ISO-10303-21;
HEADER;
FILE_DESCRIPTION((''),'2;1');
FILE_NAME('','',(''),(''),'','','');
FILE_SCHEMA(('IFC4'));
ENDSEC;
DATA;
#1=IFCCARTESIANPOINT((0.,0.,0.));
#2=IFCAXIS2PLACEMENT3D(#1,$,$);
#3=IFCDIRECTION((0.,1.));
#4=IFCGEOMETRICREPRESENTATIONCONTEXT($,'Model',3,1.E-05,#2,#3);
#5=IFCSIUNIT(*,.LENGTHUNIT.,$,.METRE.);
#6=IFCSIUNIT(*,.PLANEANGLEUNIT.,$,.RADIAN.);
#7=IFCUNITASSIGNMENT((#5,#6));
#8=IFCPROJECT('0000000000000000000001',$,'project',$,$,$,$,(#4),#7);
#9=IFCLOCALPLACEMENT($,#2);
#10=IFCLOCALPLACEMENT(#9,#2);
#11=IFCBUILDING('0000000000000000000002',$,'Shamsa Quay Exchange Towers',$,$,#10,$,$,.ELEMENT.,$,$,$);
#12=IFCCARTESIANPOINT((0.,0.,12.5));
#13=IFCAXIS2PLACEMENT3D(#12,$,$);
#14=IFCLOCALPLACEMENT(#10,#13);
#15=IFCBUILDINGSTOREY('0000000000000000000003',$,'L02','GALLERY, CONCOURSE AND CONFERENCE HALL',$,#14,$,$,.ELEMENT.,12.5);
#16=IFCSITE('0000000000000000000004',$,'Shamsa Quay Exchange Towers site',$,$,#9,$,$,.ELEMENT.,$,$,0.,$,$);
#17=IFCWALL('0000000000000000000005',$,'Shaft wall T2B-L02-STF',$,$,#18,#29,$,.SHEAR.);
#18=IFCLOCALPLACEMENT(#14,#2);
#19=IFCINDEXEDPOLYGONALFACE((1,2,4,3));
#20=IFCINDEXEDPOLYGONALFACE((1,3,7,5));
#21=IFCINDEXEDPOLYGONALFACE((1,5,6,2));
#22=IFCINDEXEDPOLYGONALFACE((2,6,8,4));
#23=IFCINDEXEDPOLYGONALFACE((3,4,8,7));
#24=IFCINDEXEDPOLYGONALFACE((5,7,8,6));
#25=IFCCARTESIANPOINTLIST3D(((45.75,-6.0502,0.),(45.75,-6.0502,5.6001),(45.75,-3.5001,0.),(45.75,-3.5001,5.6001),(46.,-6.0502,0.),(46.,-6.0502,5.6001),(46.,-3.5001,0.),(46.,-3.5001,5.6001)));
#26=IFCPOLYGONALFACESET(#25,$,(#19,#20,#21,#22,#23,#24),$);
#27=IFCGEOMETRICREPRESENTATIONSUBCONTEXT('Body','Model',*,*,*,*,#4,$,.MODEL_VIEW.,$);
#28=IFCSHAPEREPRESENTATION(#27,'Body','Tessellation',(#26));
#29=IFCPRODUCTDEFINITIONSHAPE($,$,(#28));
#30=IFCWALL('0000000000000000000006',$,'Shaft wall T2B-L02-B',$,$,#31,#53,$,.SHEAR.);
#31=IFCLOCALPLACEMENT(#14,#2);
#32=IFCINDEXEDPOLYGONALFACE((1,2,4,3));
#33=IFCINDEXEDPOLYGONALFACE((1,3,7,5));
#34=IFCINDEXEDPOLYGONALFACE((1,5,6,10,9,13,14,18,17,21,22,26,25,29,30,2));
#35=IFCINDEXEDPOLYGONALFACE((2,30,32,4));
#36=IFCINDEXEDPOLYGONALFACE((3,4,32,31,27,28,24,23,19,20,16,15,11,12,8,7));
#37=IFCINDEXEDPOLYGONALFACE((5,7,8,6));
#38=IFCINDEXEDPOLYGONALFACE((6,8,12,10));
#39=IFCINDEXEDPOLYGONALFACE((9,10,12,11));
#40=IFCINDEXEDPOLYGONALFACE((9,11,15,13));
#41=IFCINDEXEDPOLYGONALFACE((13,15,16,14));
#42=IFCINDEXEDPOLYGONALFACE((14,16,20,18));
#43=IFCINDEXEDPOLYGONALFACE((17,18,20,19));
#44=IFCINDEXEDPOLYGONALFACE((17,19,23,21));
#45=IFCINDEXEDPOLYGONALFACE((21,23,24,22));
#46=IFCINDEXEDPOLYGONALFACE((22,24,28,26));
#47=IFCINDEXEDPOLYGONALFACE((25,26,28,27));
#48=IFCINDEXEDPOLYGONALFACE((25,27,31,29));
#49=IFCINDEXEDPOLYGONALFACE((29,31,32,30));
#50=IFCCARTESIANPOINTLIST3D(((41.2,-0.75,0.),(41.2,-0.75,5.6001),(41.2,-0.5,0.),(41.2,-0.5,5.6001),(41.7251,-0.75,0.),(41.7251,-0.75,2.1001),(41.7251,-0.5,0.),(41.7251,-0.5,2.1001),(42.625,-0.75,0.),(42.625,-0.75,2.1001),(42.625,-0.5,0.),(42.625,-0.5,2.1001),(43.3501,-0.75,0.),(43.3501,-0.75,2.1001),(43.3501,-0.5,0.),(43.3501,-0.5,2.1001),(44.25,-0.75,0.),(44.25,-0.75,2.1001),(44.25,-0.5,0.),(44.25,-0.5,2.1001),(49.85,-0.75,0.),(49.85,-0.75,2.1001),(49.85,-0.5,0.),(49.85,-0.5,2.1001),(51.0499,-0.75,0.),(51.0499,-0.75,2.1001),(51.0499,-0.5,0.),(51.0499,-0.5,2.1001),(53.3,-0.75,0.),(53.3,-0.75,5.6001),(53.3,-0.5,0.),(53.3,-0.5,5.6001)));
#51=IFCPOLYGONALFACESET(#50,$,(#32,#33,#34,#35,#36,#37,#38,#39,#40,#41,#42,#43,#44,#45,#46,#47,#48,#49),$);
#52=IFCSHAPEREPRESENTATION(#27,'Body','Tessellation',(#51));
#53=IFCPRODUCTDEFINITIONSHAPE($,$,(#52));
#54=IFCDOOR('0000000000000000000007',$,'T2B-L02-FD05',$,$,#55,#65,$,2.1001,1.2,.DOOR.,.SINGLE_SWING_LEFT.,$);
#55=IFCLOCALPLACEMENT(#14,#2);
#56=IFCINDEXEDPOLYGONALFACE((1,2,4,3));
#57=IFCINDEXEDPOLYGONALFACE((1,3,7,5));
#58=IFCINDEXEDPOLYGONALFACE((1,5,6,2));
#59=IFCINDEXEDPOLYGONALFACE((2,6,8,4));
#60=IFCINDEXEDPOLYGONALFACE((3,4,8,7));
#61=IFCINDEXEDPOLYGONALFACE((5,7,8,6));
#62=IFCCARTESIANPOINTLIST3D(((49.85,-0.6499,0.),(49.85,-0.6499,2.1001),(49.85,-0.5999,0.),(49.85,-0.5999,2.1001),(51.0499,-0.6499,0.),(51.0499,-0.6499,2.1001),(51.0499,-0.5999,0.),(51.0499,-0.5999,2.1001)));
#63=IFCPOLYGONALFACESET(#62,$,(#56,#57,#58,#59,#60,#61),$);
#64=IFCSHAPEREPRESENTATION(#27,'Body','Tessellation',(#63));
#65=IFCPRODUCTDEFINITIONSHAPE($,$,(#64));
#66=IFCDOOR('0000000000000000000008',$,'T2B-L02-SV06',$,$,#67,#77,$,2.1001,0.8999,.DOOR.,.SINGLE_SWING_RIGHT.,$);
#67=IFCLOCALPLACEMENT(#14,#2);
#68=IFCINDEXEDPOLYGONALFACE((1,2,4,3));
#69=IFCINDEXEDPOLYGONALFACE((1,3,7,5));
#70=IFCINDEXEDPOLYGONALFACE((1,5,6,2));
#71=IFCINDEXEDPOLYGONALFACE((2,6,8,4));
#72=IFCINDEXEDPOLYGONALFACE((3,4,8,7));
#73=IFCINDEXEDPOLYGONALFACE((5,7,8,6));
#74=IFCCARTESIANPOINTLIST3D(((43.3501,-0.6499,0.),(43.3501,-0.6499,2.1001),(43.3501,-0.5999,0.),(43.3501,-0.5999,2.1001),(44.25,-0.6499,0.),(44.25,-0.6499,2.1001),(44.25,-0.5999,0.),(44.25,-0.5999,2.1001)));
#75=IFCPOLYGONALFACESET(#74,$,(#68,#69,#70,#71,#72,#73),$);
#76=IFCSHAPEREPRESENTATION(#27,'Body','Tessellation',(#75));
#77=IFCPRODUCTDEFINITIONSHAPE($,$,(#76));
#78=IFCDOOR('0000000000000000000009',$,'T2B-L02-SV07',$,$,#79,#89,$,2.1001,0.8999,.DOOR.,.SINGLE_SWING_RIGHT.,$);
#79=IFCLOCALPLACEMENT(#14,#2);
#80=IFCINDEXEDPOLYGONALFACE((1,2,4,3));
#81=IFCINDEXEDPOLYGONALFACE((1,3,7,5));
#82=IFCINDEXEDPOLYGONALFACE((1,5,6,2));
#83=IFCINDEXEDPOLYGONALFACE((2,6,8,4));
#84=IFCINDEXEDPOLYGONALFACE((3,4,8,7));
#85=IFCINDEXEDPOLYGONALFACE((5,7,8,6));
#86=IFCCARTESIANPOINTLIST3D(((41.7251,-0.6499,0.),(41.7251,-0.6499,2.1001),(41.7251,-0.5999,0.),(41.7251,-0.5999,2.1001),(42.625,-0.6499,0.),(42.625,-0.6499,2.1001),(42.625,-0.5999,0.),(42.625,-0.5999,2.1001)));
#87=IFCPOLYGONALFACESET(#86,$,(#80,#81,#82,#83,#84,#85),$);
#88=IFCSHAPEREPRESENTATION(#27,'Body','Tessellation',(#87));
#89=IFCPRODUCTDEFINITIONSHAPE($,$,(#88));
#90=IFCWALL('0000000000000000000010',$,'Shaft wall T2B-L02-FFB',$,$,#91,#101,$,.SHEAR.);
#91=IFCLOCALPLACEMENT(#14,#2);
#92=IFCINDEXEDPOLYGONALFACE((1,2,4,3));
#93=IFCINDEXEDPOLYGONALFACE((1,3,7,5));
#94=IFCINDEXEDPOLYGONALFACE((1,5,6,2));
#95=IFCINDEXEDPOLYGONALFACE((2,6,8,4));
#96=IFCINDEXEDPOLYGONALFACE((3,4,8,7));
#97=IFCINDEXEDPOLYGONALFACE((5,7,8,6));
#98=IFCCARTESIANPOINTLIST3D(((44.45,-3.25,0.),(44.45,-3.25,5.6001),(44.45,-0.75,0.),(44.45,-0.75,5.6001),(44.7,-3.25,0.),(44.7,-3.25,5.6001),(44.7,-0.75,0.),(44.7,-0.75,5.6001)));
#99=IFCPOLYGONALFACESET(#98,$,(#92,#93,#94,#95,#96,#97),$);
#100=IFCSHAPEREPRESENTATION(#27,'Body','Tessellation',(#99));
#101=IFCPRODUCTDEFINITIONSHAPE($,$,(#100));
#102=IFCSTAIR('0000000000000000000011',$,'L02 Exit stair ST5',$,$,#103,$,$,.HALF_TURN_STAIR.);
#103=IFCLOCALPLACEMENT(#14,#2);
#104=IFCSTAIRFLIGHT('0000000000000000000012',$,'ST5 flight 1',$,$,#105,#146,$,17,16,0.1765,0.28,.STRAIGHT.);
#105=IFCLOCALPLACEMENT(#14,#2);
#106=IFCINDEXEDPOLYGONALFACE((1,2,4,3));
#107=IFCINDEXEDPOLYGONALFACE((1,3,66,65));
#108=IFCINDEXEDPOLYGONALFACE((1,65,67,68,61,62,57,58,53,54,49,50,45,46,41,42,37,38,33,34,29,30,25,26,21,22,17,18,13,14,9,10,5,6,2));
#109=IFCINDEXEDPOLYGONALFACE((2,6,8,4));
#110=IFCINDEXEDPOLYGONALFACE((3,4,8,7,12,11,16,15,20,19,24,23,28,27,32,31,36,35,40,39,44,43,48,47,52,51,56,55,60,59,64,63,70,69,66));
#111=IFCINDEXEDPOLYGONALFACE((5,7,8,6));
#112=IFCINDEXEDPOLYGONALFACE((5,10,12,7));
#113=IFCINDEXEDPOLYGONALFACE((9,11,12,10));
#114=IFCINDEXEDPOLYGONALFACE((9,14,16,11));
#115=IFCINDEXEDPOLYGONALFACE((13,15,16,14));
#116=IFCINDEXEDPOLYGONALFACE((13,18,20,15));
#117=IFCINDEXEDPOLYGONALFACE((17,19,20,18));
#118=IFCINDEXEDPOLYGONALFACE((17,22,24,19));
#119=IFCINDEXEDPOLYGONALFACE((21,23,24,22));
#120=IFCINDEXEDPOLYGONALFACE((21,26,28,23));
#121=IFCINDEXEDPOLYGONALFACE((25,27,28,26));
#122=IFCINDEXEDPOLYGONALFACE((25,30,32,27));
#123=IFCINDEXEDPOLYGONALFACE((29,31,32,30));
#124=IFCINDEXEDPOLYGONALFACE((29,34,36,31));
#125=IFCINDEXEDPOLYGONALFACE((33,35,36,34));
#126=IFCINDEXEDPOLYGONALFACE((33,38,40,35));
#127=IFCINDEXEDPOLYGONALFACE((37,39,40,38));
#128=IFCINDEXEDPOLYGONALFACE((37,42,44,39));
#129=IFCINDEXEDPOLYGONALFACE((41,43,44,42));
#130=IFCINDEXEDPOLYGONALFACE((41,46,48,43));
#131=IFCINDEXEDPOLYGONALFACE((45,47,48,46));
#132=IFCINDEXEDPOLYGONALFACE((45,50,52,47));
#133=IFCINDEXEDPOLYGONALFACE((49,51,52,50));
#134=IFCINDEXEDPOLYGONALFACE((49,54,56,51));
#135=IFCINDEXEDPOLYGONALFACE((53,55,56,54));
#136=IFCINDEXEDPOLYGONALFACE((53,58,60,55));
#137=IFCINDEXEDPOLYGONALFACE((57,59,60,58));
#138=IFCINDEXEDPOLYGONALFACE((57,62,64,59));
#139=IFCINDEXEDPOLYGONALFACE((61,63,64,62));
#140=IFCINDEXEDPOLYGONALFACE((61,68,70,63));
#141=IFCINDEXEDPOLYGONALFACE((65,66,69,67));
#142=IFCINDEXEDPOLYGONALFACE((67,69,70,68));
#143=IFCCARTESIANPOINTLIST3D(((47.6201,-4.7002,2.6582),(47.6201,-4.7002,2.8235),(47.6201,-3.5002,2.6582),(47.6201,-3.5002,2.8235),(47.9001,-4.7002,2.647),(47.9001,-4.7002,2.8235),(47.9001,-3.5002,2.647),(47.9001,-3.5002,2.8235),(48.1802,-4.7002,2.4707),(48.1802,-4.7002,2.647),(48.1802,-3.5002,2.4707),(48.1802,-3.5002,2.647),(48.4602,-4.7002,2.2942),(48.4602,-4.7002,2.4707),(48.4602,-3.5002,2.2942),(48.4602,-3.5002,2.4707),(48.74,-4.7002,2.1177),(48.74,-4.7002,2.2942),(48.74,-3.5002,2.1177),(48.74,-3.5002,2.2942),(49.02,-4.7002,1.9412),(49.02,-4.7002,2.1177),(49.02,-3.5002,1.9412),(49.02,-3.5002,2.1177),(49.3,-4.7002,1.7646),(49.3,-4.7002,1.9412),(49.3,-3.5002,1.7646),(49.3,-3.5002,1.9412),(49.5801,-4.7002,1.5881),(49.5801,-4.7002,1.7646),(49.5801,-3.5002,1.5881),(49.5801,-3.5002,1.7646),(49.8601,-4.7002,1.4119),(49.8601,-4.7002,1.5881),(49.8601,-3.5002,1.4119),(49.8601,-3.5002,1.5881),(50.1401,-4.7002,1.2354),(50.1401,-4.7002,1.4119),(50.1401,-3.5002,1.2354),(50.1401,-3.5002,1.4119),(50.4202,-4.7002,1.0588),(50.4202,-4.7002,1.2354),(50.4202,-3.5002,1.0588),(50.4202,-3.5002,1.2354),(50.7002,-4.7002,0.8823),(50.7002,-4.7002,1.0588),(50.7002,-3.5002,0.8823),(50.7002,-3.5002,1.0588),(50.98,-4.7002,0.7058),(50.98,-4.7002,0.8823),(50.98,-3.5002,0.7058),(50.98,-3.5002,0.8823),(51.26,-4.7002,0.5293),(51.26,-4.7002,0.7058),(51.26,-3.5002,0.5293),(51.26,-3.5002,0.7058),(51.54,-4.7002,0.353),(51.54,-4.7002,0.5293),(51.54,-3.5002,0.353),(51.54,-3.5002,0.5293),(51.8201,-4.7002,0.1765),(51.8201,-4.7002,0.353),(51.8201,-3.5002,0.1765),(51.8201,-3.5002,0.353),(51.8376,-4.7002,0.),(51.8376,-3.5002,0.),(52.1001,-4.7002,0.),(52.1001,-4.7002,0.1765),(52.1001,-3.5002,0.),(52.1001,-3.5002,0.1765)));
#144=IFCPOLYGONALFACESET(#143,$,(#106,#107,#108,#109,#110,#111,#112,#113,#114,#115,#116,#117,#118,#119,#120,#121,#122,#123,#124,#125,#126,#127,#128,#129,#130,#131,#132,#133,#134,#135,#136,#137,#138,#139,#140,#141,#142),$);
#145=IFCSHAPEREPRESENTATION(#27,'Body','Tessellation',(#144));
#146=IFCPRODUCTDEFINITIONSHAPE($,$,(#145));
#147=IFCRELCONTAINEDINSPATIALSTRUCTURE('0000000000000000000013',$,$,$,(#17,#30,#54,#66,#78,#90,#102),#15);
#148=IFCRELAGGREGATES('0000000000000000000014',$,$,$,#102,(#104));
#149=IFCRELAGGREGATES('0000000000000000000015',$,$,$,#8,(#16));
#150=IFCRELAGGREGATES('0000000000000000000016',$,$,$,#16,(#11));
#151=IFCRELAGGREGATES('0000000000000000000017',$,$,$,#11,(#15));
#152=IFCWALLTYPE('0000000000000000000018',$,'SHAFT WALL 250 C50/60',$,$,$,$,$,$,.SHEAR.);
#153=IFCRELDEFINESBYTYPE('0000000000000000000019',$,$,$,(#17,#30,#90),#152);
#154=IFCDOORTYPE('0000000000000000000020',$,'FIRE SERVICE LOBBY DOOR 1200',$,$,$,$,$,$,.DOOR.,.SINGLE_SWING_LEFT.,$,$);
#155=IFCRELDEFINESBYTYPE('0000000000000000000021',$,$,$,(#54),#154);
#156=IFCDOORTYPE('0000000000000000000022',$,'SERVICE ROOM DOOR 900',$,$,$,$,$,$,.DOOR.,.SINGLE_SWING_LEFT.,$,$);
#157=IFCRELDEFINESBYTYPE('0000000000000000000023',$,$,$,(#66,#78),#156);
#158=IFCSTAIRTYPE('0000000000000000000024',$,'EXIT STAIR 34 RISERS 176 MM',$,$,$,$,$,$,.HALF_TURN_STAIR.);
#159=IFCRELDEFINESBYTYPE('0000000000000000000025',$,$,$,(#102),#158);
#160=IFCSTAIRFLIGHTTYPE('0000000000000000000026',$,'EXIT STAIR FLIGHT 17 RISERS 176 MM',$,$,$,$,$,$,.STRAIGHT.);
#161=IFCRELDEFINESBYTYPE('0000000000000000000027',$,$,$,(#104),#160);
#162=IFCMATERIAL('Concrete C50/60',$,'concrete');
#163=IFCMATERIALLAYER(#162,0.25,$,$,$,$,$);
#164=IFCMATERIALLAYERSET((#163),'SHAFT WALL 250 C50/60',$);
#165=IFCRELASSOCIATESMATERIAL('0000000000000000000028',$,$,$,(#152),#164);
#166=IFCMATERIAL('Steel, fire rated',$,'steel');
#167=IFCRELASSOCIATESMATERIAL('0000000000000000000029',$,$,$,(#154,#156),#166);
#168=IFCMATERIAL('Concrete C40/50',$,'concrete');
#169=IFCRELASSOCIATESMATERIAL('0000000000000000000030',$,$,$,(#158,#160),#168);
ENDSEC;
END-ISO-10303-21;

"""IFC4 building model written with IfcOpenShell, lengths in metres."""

from ifc_helpers import new_model, si_unit, direction, frame, frame_2d, origin, place, context, subcontext, project, spatial, polyline, rectangle, outline, extrude, material, layer, layer_set, type_object, element, fill, aggregate, save


model = new_model("IFC4")

# Units and contexts
model_context = context("Model", 3, precision=1e-05, world=origin(), true_north=direction((0.0, 1.0)))
body_context = subcontext(model_context, "Body", "Model", "MODEL_VIEW")
ifc_project = project(units=[si_unit("LENGTHUNIT", "METRE"), si_unit("PLANEANGLEUNIT", "RADIAN")], contexts=[model_context])

# Site, building, storey
site_placement = place(None, origin())
site = spatial("IfcSite", under=ifc_project, at=site_placement, Name="Shamsa Quay Exchange Towers site", CompositionType="ELEMENT", RefElevation=0.0)
building_placement = place(site_placement, origin())
building = spatial("IfcBuilding", under=site, at=building_placement, Name="Shamsa Quay Exchange Towers", CompositionType="ELEMENT")
storey_placement = place(building_placement, frame((0.0, 0.0, 12.5)))
storey = spatial("IfcBuildingStorey", under=building, at=storey_placement, Name="L02", Description="GALLERY, CONCOURSE AND CONFERENCE HALL", CompositionType="ELEMENT", Elevation=12.5)

# Shared definitions
ifc_material_1 = material(Name="Steel, fire rated", Category="steel")

# Shared definitions
ifc_material_2 = material(Name="Concrete C50/60", Category="concrete")
ifc_layer_1 = layer(ifc_material_2, 0.25)
ifc_layer_set_1 = layer_set([ifc_layer_1], Name="SHAFT WALL 250 C50/60")
wall_type_1 = type_object("IfcWallType", Name="SHAFT WALL 250 C50/60", PredefinedType="SHEAR", material=ifc_layer_set_1)

# Wall
wall_1_placement = place(storey_placement, frame((45.875, -6.05, 0.0), z_axis=(0.0, 0.0, 1.0), x_axis=(0.0, 1.0, 0.0)))
element("IfcWall", 1, at=wall_1_placement, inside=storey, type_object=wall_type_1, Name="Shaft wall T2B-L02-STF", PredefinedType="SHEAR", context=body_context, shape_type="SweptSolid", body=[
    extrude(rectangle(XDim=2.55, YDim=0.25, at=frame_2d((1.2749, 0.0))), origin(), (0.0, 0.0, 1.0), 5.6001),
])

# Wall, openings, doors
wall_2_placement = place(storey_placement, frame((53.3, -0.625, 0.0), z_axis=(0.0, 0.0, 1.0), x_axis=(-1.0, 0.0, 0.0)))
wall_2 = element("IfcWall", 2, at=wall_2_placement, inside=storey, type_object=wall_type_1, Name="Shaft wall T2B-L02-B", PredefinedType="SHEAR", context=body_context, shape_type="SweptSolid", body=[
    extrude(rectangle(XDim=12.1001, YDim=0.25, at=frame_2d((6.05, 0.0))), origin(), (0.0, 0.0, 1.0), 5.6001),
])
opening_1_placement = place(wall_2_placement, frame((2.25, 0.0, 0.0)))
opening_1 = element("IfcOpeningElement", 3, at=opening_1_placement, cuts=wall_2, PredefinedType="OPENING", context=body_context, shape_type="SweptSolid", body=[
    extrude(rectangle(XDim=1.2, YDim=2.1001, at=frame_2d((0.6001, 1.05))), frame((0.0, 0.135, 0.0), z_axis=(0.0, -1.0, 0.0), x_axis=(1.0, 0.0, 0.0)), (0.0, 0.0, 1.0), 0.27),
])
opening_2_placement = place(wall_2_placement, frame((9.05, 0.0, 0.0)))
opening_2 = element("IfcOpeningElement", 4, at=opening_2_placement, cuts=wall_2, PredefinedType="OPENING", context=body_context, shape_type="SweptSolid", body=[
    extrude(rectangle(XDim=0.8999, YDim=2.1001, at=frame_2d((0.45, 1.05))), frame((0.0, 0.135, 0.0), z_axis=(0.0, -1.0, 0.0), x_axis=(1.0, 0.0, 0.0)), (0.0, 0.0, 1.0), 0.27),
])
opening_3_placement = place(wall_2_placement, frame((10.675, 0.0, 0.0)))
opening_3 = element("IfcOpeningElement", 5, at=opening_3_placement, cuts=wall_2, PredefinedType="OPENING", context=body_context, shape_type="SweptSolid", body=[
    extrude(rectangle(XDim=0.8999, YDim=2.1001, at=frame_2d((0.45, 1.05))), frame((0.0, 0.135, 0.0), z_axis=(0.0, -1.0, 0.0), x_axis=(1.0, 0.0, 0.0)), (0.0, 0.0, 1.0), 0.27),
])
door_type_1 = type_object("IfcDoorType", Name="FIRE SERVICE LOBBY DOOR 1200", OperationType="SINGLE_SWING_LEFT", PredefinedType="DOOR", material=ifc_material_1)
door_1_placement = place(opening_1_placement, origin())
door_1 = element("IfcDoor", 6, at=door_1_placement, inside=storey, type_object=door_type_1, Name="T2B-L02-FD05", OperationType="SINGLE_SWING_LEFT", OverallHeight=2.1001, OverallWidth=1.2, PredefinedType="DOOR", context=body_context, shape_type="SweptSolid", body=[
    extrude(rectangle(XDim=1.2, YDim=2.1001, at=frame_2d((0.6001, 1.05))), frame((0.0, 0.0249, 0.0), z_axis=(0.0, -1.0, 0.0), x_axis=(1.0, 0.0, 0.0)), (0.0, 0.0, 1.0), 0.05),
])
fill(opening_1, door_1)
door_type_2 = type_object("IfcDoorType", Name="SERVICE ROOM DOOR 900", OperationType="SINGLE_SWING_LEFT", PredefinedType="DOOR", material=ifc_material_1)
door_2_placement = place(opening_2_placement, origin())
door_2 = element("IfcDoor", 7, at=door_2_placement, inside=storey, type_object=door_type_2, Name="T2B-L02-SV06", OperationType="SINGLE_SWING_RIGHT", OverallHeight=2.1001, OverallWidth=0.8999, PredefinedType="DOOR", context=body_context, shape_type="SweptSolid", body=[
    extrude(rectangle(XDim=0.8999, YDim=2.1001, at=frame_2d((0.45, 1.05))), frame((0.0, 0.0249, 0.0), z_axis=(0.0, -1.0, 0.0), x_axis=(1.0, 0.0, 0.0)), (0.0, 0.0, 1.0), 0.05),
])
fill(opening_2, door_2)
door_3_placement = place(opening_3_placement, origin())
door_3 = element("IfcDoor", 8, at=door_3_placement, inside=storey, type_object=door_type_2, Name="T2B-L02-SV07", OperationType="SINGLE_SWING_RIGHT", OverallHeight=2.1001, OverallWidth=0.8999, PredefinedType="DOOR", context=body_context, shape_type="SweptSolid", body=[
    extrude(rectangle(XDim=0.8999, YDim=2.1001, at=frame_2d((0.45, 1.05))), frame((0.0, 0.0249, 0.0), z_axis=(0.0, -1.0, 0.0), x_axis=(1.0, 0.0, 0.0)), (0.0, 0.0, 1.0), 0.05),
])
fill(opening_3, door_3)

# Wall
wall_3_placement = place(storey_placement, frame((44.575, -3.25, 0.0), z_axis=(0.0, 0.0, 1.0), x_axis=(0.0, 1.0, 0.0)))
element("IfcWall", 9, at=wall_3_placement, inside=storey, type_object=wall_type_1, Name="Shaft wall T2B-L02-FFB", PredefinedType="SHEAR", context=body_context, shape_type="SweptSolid", body=[
    extrude(rectangle(XDim=2.5, YDim=0.25, at=frame_2d((1.25, 0.0))), origin(), (0.0, 0.0, 1.0), 5.6001),
])

# Stair, stair flight
ifc_material_3 = material(Name="Concrete C40/50", Category="concrete")
stair_type = type_object("IfcStairType", Name="EXIT STAIR 34 RISERS 176 MM", PredefinedType="HALF_TURN_STAIR", material=ifc_material_3)
stair_placement = place(storey_placement, origin())
stair = element("IfcStair", 10, at=stair_placement, inside=storey, type_object=stair_type, Name="L02 Exit stair ST5", PredefinedType="HALF_TURN_STAIR")
stair_flight_type = type_object("IfcStairFlightType", Name="EXIT STAIR FLIGHT 17 RISERS 176 MM", PredefinedType="STRAIGHT", material=ifc_material_3)
stair_flight_1_placement = place(storey_placement, frame((52.1001, -4.1001, 0.0), z_axis=(0.0, 0.0, 1.0), x_axis=(-1.0, 0.0, 0.0)))
stair_flight_1 = element("IfcStairFlight", 11, at=stair_flight_1_placement, type_object=stair_flight_type, Name="ST5 flight 1", NumberOfRisers=17, NumberOfTreads=16, PredefinedType="STRAIGHT", RiserHeight=0.1765, TreadLength=0.28, context=body_context, shape_type="SweptSolid", body=[
    extrude(outline(polyline([(0.0, 0.0), (0.0, 0.1765), (0.28, 0.1765), (0.28, 0.353), (0.5601, 0.353), (0.5601, 0.5293), (0.8401, 0.5293), (0.8401, 0.7058), (1.1201, 0.7058), (1.1201, 0.8823), (1.3999, 0.8823), (1.3999, 1.0588), (1.6799, 1.0588), (1.6799, 1.2354), (1.96, 1.2354), (1.96, 1.4119), (2.24, 1.4119), (2.24, 1.5881), (2.52, 1.5881), (2.52, 1.7646), (2.8, 1.7646), (2.8, 1.9412), (3.0801, 1.9412), (3.0801, 2.1177), (3.3601, 2.1177), (3.3601, 2.2942), (3.6399, 2.2942), (3.6399, 2.4707), (3.9199, 2.4707), (3.9199, 2.647), (4.2, 2.647), (4.2, 2.8235), (4.48, 2.8235), (4.48, 3.0), (4.48, 2.6582), (0.2625, 0.0), (0.0, 0.0)])), frame((0.0, 0.6001, 0.0), z_axis=(0.0, -1.0, 0.0), x_axis=(1.0, 0.0, 0.0)), (0.0, 0.0, 1.0), 1.2),
])
aggregate(stair, [stair_flight_1])

save(model, "model.ifc")
